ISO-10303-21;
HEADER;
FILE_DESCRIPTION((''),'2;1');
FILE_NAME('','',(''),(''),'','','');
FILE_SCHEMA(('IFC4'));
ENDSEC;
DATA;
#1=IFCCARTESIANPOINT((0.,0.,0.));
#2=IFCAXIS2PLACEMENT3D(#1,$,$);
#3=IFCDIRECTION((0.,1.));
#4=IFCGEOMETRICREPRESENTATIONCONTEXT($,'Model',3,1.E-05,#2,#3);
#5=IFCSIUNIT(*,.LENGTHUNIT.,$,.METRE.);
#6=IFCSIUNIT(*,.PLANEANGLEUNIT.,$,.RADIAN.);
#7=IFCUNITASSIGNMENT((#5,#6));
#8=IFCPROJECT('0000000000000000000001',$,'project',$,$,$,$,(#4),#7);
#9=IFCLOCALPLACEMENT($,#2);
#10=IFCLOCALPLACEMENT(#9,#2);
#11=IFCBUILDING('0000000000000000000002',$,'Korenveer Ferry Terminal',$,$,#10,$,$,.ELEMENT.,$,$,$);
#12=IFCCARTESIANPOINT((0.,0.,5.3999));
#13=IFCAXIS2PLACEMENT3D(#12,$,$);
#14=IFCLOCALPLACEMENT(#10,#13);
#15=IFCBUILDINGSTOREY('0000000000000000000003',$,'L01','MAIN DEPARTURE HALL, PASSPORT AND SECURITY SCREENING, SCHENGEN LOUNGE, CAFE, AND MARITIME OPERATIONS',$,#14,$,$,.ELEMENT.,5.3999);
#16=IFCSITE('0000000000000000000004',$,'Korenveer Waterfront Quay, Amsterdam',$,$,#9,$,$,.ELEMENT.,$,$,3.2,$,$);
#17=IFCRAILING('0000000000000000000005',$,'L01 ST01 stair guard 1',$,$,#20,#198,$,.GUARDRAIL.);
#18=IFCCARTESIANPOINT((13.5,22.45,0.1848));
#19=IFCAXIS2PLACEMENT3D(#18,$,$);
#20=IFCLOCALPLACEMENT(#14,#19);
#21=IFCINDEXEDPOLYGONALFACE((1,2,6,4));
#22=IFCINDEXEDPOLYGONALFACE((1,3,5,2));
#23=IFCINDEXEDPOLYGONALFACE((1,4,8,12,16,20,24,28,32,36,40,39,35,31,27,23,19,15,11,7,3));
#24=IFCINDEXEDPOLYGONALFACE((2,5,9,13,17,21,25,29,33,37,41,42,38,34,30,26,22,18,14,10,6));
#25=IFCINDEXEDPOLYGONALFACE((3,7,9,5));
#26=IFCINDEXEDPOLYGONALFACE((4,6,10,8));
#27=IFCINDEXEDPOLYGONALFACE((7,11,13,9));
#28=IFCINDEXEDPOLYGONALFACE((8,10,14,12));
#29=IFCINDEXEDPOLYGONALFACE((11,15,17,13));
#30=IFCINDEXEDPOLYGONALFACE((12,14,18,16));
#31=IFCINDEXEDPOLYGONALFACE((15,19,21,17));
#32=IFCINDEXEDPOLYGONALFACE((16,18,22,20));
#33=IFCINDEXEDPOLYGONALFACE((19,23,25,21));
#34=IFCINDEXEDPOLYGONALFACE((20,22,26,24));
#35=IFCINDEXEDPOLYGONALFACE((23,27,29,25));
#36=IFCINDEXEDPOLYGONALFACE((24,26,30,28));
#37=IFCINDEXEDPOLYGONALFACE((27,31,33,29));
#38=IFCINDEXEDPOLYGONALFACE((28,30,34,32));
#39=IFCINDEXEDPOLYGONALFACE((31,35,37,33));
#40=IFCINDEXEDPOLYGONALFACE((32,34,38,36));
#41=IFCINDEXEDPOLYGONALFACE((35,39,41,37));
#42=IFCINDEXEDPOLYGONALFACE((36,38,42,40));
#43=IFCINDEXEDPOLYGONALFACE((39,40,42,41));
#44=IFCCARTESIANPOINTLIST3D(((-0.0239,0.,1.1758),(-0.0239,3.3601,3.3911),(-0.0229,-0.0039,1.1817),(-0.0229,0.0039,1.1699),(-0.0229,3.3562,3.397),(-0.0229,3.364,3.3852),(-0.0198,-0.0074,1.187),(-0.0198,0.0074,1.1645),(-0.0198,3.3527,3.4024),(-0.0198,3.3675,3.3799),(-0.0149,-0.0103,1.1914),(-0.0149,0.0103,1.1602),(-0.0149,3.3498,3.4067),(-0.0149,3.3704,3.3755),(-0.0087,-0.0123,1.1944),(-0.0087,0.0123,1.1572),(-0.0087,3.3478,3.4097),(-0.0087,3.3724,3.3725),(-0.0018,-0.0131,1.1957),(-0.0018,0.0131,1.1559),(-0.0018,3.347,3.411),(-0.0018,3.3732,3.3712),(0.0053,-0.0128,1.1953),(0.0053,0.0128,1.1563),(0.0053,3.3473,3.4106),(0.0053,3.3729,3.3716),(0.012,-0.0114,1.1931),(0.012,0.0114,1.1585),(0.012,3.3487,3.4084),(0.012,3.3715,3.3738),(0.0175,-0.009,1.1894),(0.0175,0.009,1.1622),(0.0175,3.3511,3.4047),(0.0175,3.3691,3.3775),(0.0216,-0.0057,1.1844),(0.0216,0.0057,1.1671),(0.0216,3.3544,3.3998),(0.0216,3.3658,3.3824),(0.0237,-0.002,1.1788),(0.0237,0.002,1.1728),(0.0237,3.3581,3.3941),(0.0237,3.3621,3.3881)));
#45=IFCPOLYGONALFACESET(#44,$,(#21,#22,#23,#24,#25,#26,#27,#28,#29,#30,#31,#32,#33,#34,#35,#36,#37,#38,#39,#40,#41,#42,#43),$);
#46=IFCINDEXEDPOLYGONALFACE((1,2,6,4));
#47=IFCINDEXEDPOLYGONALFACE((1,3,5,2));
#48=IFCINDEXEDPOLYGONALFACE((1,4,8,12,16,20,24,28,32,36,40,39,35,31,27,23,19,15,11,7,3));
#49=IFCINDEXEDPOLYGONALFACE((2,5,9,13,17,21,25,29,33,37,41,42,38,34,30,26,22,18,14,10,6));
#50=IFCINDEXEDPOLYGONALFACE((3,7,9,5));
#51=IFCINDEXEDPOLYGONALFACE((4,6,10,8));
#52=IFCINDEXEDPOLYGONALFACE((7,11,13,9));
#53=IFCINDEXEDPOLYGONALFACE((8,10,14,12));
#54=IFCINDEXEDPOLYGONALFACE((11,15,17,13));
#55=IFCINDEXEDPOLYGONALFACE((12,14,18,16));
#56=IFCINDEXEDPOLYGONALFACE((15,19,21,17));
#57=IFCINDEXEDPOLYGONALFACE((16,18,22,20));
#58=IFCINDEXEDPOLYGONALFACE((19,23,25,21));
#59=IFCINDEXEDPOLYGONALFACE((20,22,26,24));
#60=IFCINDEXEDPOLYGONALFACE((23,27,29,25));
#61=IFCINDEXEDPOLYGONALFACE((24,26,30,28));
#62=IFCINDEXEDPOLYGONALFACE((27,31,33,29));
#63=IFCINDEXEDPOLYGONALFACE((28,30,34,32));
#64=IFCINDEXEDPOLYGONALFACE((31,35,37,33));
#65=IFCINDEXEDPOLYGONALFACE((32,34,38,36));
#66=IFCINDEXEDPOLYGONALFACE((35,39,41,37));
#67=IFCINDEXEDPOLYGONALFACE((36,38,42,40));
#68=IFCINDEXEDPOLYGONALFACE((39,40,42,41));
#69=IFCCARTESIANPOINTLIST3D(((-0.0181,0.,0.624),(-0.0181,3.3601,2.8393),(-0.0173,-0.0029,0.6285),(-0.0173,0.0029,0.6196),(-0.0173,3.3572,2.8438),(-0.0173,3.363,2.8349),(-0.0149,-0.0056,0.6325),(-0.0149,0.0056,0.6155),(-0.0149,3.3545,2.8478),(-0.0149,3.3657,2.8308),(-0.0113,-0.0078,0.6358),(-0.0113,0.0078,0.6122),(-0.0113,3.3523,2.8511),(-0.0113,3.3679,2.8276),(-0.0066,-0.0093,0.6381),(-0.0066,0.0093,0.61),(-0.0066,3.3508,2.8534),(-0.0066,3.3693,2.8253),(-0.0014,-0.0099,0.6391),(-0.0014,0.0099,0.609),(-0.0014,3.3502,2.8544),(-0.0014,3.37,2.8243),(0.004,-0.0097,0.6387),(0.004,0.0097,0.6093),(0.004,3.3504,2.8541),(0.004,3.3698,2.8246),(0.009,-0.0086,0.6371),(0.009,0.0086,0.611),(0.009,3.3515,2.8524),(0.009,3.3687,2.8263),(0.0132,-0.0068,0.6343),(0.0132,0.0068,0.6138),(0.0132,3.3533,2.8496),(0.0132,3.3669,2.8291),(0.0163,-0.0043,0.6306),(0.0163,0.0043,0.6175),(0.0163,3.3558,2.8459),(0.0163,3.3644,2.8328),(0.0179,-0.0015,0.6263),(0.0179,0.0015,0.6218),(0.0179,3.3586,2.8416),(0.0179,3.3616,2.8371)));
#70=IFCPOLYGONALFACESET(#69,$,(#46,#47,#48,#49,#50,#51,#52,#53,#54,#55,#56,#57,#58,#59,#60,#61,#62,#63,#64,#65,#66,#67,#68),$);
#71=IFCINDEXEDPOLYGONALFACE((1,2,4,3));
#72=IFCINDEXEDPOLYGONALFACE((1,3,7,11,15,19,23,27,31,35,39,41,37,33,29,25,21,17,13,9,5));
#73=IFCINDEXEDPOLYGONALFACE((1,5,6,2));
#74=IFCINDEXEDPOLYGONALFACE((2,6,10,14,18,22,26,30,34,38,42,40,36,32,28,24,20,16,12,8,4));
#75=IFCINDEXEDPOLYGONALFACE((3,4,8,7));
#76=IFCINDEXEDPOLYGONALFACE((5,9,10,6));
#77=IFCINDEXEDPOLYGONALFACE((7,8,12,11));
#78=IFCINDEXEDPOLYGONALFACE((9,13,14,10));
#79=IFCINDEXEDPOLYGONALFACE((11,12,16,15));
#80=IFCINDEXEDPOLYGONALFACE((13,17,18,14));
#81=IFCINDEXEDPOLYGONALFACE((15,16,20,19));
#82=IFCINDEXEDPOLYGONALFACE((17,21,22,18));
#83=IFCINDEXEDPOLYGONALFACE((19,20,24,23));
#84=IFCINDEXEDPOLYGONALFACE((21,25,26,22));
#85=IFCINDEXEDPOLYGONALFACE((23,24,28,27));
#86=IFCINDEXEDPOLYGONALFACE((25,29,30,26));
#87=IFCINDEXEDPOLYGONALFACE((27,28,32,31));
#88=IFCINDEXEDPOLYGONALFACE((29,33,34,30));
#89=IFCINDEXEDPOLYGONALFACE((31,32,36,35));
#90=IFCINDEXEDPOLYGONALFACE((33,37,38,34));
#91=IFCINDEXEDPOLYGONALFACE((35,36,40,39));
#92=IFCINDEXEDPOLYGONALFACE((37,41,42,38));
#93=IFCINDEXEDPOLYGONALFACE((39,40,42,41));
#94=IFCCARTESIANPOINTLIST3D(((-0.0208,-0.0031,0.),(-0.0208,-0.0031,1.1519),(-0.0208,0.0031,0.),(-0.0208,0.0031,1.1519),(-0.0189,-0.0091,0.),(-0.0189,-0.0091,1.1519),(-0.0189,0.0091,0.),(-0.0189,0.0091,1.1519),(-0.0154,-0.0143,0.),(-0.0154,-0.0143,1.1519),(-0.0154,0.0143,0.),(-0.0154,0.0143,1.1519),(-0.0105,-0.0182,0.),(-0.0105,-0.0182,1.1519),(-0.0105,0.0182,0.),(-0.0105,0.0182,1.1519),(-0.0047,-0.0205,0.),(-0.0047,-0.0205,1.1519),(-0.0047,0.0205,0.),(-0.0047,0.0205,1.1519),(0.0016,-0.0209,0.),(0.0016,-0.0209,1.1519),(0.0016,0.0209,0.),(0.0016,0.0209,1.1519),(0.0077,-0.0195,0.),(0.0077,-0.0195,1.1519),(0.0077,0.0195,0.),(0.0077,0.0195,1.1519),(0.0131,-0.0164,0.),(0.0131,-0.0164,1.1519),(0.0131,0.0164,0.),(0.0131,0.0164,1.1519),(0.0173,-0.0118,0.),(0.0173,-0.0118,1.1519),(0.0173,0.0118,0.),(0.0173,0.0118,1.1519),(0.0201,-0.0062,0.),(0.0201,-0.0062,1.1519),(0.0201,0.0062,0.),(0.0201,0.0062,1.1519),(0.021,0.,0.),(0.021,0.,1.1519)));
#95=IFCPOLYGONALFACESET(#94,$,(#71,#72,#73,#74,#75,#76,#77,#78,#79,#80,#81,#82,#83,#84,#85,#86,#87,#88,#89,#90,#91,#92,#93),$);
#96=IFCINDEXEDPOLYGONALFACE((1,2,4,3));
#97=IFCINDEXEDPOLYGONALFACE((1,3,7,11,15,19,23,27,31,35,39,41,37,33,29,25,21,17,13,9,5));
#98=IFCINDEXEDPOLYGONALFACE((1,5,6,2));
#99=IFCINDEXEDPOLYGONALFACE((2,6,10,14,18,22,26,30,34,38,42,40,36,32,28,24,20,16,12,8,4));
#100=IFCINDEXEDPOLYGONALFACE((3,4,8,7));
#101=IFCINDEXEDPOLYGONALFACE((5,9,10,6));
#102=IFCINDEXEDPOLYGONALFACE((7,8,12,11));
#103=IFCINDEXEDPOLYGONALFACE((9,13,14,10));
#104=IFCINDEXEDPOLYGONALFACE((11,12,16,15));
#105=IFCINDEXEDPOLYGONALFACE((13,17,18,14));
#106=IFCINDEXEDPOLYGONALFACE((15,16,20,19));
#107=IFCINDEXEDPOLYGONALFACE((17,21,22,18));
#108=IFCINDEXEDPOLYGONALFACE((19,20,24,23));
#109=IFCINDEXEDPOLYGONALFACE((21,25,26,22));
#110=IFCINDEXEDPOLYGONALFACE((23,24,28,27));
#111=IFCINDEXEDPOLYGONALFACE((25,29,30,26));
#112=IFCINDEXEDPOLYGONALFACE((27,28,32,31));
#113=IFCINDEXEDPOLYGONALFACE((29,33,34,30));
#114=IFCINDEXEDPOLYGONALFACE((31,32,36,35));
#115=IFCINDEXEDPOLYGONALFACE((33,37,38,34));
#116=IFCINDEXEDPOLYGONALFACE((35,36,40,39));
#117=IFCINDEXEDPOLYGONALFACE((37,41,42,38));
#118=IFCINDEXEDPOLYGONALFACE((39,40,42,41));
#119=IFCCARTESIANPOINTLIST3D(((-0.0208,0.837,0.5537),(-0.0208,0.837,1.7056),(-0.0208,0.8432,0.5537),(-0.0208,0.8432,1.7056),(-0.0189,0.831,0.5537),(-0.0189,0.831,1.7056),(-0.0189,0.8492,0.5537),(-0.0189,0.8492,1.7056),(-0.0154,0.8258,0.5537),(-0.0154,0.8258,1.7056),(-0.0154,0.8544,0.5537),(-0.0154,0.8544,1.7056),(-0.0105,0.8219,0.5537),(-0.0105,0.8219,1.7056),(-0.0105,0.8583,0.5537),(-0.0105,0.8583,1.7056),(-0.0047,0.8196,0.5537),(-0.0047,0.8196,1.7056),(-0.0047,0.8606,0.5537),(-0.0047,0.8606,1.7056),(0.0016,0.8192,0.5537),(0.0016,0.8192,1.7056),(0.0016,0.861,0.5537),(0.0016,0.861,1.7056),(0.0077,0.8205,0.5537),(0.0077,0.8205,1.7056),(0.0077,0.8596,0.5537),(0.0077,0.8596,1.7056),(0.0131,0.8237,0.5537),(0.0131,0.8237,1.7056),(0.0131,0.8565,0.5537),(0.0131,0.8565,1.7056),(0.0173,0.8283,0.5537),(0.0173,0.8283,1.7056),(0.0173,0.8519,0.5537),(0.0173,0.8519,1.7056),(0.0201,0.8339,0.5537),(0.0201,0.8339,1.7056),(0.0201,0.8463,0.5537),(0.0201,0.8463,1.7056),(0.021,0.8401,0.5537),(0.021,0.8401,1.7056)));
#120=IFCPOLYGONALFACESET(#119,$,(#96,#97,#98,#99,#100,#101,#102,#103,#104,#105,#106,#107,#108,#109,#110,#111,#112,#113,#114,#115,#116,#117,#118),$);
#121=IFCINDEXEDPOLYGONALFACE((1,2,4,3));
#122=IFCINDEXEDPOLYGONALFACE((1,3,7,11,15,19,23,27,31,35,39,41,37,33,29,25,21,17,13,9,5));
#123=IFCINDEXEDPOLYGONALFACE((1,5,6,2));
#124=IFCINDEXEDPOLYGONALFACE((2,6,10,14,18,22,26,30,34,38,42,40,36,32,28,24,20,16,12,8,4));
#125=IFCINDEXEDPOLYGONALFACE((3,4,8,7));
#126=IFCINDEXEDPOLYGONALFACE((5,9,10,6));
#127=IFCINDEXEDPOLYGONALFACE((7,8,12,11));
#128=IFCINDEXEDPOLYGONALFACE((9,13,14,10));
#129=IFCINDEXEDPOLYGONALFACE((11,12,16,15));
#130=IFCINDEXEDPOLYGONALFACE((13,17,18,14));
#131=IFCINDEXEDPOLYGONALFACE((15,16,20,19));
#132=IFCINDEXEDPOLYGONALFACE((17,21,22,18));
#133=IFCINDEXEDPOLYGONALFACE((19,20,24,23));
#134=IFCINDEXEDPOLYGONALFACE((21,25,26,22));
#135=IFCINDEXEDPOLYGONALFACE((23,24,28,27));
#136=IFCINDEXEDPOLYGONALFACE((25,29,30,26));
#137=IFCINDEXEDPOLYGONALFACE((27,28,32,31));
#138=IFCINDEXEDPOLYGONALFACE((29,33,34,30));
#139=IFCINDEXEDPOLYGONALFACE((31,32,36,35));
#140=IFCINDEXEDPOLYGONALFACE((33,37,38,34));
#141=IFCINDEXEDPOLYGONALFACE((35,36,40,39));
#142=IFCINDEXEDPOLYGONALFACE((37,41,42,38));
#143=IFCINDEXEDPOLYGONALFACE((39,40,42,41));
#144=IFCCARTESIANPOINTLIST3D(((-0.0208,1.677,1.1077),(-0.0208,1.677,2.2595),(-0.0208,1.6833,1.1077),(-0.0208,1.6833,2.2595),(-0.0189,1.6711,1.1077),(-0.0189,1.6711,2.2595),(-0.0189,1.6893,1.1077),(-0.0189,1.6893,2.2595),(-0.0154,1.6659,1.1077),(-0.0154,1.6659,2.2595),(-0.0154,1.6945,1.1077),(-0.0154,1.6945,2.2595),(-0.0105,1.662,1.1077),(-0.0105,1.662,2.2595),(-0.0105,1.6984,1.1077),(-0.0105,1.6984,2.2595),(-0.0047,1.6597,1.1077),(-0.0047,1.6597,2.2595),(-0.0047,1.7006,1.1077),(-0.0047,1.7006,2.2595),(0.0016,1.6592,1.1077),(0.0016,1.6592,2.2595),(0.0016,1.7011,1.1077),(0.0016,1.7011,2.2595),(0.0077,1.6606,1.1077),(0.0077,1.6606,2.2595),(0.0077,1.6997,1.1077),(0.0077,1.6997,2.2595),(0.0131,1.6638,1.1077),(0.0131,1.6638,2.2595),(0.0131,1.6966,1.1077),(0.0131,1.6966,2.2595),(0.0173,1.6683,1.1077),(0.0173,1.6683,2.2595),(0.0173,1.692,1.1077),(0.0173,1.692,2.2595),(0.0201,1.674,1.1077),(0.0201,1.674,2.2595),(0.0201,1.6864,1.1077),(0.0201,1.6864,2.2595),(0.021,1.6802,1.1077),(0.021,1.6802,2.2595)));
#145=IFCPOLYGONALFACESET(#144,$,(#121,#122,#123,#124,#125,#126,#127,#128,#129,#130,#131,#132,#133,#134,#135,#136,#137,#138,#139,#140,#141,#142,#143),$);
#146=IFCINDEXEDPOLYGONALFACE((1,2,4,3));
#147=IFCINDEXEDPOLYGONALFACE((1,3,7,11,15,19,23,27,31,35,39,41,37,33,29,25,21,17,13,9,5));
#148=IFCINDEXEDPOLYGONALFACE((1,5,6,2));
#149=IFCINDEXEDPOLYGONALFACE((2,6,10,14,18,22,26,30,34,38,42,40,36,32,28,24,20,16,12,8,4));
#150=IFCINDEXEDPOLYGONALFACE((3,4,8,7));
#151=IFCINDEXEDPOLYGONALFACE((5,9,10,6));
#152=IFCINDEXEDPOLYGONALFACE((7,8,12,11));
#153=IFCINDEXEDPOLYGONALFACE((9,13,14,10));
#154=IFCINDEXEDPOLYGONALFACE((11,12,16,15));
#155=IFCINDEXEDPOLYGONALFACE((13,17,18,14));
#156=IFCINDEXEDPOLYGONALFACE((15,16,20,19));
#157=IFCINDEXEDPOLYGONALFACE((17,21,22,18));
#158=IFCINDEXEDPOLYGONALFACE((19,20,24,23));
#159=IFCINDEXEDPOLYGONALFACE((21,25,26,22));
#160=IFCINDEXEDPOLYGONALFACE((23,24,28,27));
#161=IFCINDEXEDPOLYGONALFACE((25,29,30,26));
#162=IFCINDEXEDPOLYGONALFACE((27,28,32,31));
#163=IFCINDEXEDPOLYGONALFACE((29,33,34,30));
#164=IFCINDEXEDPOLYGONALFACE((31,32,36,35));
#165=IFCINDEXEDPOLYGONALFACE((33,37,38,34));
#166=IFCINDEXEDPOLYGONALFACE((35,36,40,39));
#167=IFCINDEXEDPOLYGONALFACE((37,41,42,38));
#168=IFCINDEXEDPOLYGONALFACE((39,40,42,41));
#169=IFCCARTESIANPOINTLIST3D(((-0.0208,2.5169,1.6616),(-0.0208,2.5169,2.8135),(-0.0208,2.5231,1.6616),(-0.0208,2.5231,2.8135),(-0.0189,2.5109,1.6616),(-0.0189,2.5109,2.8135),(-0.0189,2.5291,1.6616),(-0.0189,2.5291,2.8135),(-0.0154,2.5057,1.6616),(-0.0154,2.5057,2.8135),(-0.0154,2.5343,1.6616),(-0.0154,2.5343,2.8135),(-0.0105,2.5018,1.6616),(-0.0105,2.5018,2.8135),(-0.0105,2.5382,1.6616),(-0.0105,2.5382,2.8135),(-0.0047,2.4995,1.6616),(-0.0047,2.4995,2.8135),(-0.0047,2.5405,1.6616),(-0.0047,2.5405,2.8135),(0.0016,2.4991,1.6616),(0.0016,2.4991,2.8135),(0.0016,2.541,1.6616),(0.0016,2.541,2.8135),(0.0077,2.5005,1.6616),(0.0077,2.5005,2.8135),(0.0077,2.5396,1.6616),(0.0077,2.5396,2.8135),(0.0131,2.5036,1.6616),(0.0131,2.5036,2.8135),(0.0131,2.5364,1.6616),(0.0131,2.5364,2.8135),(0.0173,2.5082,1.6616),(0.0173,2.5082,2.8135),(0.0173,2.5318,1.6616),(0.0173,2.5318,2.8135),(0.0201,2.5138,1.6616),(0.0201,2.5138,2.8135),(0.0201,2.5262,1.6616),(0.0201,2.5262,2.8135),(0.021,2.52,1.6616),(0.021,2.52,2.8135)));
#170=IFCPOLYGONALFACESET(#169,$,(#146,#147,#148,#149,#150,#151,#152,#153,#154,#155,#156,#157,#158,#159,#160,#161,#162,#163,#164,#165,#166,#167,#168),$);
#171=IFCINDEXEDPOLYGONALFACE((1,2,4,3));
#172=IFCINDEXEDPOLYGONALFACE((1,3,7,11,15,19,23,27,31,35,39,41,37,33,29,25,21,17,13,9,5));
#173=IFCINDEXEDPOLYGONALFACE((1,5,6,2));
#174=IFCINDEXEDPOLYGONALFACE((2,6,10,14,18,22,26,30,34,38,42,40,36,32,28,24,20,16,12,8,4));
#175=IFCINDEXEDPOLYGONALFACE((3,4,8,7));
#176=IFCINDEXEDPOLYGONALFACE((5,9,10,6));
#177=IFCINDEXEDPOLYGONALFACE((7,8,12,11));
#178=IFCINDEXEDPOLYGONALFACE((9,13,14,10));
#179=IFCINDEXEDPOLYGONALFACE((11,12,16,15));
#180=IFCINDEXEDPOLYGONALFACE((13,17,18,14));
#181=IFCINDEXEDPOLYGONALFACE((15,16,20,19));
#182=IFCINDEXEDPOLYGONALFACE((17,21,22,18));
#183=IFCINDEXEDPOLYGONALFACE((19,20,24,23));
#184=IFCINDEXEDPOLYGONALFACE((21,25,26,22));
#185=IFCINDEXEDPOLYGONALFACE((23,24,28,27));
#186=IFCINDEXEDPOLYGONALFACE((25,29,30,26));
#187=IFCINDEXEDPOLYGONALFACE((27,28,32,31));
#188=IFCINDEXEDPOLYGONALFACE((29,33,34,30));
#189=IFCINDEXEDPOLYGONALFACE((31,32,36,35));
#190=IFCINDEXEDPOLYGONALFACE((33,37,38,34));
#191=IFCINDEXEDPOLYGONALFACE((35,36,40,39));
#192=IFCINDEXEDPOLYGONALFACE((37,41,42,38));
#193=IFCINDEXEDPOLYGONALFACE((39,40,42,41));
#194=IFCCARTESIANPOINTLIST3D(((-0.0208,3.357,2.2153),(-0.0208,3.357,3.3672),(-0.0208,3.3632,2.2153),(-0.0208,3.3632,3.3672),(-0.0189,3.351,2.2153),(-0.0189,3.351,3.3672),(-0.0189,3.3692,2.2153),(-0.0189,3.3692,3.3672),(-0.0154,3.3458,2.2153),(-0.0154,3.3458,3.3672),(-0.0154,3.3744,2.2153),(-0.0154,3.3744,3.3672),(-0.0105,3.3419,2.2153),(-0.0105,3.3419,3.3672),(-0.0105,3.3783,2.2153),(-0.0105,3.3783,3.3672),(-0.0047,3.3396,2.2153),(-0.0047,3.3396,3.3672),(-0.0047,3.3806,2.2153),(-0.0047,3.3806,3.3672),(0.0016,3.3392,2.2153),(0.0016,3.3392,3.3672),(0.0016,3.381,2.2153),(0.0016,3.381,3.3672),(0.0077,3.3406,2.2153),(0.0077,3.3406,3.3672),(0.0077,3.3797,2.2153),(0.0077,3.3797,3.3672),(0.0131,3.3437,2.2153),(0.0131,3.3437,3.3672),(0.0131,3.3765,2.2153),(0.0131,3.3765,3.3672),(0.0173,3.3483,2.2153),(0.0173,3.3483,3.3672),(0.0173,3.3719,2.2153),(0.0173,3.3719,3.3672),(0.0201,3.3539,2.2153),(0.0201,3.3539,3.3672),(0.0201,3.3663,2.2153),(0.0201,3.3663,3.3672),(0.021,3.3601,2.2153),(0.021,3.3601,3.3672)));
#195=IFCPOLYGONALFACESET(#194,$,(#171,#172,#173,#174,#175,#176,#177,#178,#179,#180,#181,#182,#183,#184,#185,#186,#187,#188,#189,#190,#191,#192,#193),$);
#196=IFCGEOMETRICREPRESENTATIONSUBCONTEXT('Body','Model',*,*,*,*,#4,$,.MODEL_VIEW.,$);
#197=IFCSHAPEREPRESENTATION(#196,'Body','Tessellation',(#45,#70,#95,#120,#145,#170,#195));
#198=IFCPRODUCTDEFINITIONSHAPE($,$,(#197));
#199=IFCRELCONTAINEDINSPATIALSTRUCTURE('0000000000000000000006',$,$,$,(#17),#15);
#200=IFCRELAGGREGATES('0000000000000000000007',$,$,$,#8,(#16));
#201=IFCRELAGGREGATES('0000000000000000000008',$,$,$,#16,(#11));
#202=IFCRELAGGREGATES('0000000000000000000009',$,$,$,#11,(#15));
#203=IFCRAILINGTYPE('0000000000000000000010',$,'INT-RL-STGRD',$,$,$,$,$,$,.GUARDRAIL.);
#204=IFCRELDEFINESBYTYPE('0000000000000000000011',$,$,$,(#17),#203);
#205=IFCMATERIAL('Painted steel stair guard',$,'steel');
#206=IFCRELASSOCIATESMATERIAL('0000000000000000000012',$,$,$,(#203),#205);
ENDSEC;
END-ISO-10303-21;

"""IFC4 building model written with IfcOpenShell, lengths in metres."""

from ifc_helpers import new_model, si_unit, direction, frame, origin, origin_2d, place, context, subcontext, project, spatial, circle, extrude, material, type_object, element, save


model = new_model("IFC4")

# Units and contexts
model_context = context("Model", 3, precision=1e-05, world=origin(), true_north=direction((0.0, 1.0)))
body_context = subcontext(model_context, "Body", "Model", "MODEL_VIEW")
ifc_project = project(units=[si_unit("LENGTHUNIT", "METRE"), si_unit("PLANEANGLEUNIT", "RADIAN")], contexts=[model_context])

# Site, building, storey
site_placement = place(None, origin())
site = spatial("IfcSite", under=ifc_project, at=site_placement, Name="Korenveer Waterfront Quay, Amsterdam", CompositionType="ELEMENT", RefElevation=3.2)
building_placement = place(site_placement, origin())
building = spatial("IfcBuilding", under=site, at=building_placement, Name="Korenveer Ferry Terminal", CompositionType="ELEMENT")
storey_placement = place(building_placement, frame((0.0, 0.0, 5.3999)))
storey = spatial("IfcBuildingStorey", under=building, at=storey_placement, Name="L01", Description="MAIN DEPARTURE HALL, PASSPORT AND SECURITY SCREENING, SCHENGEN LOUNGE, CAFE, AND MARITIME OPERATIONS", CompositionType="ELEMENT", Elevation=5.3999)

# Railing
ifc_material_1 = material(Name="Painted steel stair guard", Category="steel")
railing_type_1 = type_object("IfcRailingType", Name="INT-RL-STGRD", PredefinedType="GUARDRAIL", material=ifc_material_1)
railing_1_placement = place(storey_placement, frame((13.5, 22.45, 0.1848)))
element("IfcRailing", 1, at=railing_1_placement, inside=storey, type_object=railing_type_1, Name="L01 ST01 stair guard 1", PredefinedType="GUARDRAIL", context=body_context, shape_type="SweptSolid", body=[
    extrude(circle(Radius=0.0239, at=origin_2d()), frame((0.0, 0.0, 1.1758), z_axis=(0.0, 0.834876, 0.550437), x_axis=(-1.0, 0.0, 0.0)), (0.0, 0.0, 1.0), 4.0247),
    extrude(circle(Radius=0.0181, at=origin_2d()), frame((0.0, 0.0, 0.624), z_axis=(0.0, 0.834876, 0.550437), x_axis=(-1.0, 0.0, 0.0)), (0.0, 0.0, 1.0), 4.0247),
    extrude(circle(Radius=0.021, at=origin_2d()), origin(), (0.0, 0.0, 1.0), 1.1519),
    extrude(circle(Radius=0.021, at=origin_2d()), frame((0.0, 0.8401, 0.5537)), (0.0, 0.0, 1.0), 1.1519),
    extrude(circle(Radius=0.021, at=origin_2d()), frame((0.0, 1.6802, 1.1077)), (0.0, 0.0, 1.0), 1.1519),
    extrude(circle(Radius=0.021, at=origin_2d()), frame((0.0, 2.52, 1.6616)), (0.0, 0.0, 1.0), 1.1519),
    extrude(circle(Radius=0.021, at=origin_2d()), frame((0.0, 3.3601, 2.2153)), (0.0, 0.0, 1.0), 1.1519),
])

save(model, "model.ifc")
